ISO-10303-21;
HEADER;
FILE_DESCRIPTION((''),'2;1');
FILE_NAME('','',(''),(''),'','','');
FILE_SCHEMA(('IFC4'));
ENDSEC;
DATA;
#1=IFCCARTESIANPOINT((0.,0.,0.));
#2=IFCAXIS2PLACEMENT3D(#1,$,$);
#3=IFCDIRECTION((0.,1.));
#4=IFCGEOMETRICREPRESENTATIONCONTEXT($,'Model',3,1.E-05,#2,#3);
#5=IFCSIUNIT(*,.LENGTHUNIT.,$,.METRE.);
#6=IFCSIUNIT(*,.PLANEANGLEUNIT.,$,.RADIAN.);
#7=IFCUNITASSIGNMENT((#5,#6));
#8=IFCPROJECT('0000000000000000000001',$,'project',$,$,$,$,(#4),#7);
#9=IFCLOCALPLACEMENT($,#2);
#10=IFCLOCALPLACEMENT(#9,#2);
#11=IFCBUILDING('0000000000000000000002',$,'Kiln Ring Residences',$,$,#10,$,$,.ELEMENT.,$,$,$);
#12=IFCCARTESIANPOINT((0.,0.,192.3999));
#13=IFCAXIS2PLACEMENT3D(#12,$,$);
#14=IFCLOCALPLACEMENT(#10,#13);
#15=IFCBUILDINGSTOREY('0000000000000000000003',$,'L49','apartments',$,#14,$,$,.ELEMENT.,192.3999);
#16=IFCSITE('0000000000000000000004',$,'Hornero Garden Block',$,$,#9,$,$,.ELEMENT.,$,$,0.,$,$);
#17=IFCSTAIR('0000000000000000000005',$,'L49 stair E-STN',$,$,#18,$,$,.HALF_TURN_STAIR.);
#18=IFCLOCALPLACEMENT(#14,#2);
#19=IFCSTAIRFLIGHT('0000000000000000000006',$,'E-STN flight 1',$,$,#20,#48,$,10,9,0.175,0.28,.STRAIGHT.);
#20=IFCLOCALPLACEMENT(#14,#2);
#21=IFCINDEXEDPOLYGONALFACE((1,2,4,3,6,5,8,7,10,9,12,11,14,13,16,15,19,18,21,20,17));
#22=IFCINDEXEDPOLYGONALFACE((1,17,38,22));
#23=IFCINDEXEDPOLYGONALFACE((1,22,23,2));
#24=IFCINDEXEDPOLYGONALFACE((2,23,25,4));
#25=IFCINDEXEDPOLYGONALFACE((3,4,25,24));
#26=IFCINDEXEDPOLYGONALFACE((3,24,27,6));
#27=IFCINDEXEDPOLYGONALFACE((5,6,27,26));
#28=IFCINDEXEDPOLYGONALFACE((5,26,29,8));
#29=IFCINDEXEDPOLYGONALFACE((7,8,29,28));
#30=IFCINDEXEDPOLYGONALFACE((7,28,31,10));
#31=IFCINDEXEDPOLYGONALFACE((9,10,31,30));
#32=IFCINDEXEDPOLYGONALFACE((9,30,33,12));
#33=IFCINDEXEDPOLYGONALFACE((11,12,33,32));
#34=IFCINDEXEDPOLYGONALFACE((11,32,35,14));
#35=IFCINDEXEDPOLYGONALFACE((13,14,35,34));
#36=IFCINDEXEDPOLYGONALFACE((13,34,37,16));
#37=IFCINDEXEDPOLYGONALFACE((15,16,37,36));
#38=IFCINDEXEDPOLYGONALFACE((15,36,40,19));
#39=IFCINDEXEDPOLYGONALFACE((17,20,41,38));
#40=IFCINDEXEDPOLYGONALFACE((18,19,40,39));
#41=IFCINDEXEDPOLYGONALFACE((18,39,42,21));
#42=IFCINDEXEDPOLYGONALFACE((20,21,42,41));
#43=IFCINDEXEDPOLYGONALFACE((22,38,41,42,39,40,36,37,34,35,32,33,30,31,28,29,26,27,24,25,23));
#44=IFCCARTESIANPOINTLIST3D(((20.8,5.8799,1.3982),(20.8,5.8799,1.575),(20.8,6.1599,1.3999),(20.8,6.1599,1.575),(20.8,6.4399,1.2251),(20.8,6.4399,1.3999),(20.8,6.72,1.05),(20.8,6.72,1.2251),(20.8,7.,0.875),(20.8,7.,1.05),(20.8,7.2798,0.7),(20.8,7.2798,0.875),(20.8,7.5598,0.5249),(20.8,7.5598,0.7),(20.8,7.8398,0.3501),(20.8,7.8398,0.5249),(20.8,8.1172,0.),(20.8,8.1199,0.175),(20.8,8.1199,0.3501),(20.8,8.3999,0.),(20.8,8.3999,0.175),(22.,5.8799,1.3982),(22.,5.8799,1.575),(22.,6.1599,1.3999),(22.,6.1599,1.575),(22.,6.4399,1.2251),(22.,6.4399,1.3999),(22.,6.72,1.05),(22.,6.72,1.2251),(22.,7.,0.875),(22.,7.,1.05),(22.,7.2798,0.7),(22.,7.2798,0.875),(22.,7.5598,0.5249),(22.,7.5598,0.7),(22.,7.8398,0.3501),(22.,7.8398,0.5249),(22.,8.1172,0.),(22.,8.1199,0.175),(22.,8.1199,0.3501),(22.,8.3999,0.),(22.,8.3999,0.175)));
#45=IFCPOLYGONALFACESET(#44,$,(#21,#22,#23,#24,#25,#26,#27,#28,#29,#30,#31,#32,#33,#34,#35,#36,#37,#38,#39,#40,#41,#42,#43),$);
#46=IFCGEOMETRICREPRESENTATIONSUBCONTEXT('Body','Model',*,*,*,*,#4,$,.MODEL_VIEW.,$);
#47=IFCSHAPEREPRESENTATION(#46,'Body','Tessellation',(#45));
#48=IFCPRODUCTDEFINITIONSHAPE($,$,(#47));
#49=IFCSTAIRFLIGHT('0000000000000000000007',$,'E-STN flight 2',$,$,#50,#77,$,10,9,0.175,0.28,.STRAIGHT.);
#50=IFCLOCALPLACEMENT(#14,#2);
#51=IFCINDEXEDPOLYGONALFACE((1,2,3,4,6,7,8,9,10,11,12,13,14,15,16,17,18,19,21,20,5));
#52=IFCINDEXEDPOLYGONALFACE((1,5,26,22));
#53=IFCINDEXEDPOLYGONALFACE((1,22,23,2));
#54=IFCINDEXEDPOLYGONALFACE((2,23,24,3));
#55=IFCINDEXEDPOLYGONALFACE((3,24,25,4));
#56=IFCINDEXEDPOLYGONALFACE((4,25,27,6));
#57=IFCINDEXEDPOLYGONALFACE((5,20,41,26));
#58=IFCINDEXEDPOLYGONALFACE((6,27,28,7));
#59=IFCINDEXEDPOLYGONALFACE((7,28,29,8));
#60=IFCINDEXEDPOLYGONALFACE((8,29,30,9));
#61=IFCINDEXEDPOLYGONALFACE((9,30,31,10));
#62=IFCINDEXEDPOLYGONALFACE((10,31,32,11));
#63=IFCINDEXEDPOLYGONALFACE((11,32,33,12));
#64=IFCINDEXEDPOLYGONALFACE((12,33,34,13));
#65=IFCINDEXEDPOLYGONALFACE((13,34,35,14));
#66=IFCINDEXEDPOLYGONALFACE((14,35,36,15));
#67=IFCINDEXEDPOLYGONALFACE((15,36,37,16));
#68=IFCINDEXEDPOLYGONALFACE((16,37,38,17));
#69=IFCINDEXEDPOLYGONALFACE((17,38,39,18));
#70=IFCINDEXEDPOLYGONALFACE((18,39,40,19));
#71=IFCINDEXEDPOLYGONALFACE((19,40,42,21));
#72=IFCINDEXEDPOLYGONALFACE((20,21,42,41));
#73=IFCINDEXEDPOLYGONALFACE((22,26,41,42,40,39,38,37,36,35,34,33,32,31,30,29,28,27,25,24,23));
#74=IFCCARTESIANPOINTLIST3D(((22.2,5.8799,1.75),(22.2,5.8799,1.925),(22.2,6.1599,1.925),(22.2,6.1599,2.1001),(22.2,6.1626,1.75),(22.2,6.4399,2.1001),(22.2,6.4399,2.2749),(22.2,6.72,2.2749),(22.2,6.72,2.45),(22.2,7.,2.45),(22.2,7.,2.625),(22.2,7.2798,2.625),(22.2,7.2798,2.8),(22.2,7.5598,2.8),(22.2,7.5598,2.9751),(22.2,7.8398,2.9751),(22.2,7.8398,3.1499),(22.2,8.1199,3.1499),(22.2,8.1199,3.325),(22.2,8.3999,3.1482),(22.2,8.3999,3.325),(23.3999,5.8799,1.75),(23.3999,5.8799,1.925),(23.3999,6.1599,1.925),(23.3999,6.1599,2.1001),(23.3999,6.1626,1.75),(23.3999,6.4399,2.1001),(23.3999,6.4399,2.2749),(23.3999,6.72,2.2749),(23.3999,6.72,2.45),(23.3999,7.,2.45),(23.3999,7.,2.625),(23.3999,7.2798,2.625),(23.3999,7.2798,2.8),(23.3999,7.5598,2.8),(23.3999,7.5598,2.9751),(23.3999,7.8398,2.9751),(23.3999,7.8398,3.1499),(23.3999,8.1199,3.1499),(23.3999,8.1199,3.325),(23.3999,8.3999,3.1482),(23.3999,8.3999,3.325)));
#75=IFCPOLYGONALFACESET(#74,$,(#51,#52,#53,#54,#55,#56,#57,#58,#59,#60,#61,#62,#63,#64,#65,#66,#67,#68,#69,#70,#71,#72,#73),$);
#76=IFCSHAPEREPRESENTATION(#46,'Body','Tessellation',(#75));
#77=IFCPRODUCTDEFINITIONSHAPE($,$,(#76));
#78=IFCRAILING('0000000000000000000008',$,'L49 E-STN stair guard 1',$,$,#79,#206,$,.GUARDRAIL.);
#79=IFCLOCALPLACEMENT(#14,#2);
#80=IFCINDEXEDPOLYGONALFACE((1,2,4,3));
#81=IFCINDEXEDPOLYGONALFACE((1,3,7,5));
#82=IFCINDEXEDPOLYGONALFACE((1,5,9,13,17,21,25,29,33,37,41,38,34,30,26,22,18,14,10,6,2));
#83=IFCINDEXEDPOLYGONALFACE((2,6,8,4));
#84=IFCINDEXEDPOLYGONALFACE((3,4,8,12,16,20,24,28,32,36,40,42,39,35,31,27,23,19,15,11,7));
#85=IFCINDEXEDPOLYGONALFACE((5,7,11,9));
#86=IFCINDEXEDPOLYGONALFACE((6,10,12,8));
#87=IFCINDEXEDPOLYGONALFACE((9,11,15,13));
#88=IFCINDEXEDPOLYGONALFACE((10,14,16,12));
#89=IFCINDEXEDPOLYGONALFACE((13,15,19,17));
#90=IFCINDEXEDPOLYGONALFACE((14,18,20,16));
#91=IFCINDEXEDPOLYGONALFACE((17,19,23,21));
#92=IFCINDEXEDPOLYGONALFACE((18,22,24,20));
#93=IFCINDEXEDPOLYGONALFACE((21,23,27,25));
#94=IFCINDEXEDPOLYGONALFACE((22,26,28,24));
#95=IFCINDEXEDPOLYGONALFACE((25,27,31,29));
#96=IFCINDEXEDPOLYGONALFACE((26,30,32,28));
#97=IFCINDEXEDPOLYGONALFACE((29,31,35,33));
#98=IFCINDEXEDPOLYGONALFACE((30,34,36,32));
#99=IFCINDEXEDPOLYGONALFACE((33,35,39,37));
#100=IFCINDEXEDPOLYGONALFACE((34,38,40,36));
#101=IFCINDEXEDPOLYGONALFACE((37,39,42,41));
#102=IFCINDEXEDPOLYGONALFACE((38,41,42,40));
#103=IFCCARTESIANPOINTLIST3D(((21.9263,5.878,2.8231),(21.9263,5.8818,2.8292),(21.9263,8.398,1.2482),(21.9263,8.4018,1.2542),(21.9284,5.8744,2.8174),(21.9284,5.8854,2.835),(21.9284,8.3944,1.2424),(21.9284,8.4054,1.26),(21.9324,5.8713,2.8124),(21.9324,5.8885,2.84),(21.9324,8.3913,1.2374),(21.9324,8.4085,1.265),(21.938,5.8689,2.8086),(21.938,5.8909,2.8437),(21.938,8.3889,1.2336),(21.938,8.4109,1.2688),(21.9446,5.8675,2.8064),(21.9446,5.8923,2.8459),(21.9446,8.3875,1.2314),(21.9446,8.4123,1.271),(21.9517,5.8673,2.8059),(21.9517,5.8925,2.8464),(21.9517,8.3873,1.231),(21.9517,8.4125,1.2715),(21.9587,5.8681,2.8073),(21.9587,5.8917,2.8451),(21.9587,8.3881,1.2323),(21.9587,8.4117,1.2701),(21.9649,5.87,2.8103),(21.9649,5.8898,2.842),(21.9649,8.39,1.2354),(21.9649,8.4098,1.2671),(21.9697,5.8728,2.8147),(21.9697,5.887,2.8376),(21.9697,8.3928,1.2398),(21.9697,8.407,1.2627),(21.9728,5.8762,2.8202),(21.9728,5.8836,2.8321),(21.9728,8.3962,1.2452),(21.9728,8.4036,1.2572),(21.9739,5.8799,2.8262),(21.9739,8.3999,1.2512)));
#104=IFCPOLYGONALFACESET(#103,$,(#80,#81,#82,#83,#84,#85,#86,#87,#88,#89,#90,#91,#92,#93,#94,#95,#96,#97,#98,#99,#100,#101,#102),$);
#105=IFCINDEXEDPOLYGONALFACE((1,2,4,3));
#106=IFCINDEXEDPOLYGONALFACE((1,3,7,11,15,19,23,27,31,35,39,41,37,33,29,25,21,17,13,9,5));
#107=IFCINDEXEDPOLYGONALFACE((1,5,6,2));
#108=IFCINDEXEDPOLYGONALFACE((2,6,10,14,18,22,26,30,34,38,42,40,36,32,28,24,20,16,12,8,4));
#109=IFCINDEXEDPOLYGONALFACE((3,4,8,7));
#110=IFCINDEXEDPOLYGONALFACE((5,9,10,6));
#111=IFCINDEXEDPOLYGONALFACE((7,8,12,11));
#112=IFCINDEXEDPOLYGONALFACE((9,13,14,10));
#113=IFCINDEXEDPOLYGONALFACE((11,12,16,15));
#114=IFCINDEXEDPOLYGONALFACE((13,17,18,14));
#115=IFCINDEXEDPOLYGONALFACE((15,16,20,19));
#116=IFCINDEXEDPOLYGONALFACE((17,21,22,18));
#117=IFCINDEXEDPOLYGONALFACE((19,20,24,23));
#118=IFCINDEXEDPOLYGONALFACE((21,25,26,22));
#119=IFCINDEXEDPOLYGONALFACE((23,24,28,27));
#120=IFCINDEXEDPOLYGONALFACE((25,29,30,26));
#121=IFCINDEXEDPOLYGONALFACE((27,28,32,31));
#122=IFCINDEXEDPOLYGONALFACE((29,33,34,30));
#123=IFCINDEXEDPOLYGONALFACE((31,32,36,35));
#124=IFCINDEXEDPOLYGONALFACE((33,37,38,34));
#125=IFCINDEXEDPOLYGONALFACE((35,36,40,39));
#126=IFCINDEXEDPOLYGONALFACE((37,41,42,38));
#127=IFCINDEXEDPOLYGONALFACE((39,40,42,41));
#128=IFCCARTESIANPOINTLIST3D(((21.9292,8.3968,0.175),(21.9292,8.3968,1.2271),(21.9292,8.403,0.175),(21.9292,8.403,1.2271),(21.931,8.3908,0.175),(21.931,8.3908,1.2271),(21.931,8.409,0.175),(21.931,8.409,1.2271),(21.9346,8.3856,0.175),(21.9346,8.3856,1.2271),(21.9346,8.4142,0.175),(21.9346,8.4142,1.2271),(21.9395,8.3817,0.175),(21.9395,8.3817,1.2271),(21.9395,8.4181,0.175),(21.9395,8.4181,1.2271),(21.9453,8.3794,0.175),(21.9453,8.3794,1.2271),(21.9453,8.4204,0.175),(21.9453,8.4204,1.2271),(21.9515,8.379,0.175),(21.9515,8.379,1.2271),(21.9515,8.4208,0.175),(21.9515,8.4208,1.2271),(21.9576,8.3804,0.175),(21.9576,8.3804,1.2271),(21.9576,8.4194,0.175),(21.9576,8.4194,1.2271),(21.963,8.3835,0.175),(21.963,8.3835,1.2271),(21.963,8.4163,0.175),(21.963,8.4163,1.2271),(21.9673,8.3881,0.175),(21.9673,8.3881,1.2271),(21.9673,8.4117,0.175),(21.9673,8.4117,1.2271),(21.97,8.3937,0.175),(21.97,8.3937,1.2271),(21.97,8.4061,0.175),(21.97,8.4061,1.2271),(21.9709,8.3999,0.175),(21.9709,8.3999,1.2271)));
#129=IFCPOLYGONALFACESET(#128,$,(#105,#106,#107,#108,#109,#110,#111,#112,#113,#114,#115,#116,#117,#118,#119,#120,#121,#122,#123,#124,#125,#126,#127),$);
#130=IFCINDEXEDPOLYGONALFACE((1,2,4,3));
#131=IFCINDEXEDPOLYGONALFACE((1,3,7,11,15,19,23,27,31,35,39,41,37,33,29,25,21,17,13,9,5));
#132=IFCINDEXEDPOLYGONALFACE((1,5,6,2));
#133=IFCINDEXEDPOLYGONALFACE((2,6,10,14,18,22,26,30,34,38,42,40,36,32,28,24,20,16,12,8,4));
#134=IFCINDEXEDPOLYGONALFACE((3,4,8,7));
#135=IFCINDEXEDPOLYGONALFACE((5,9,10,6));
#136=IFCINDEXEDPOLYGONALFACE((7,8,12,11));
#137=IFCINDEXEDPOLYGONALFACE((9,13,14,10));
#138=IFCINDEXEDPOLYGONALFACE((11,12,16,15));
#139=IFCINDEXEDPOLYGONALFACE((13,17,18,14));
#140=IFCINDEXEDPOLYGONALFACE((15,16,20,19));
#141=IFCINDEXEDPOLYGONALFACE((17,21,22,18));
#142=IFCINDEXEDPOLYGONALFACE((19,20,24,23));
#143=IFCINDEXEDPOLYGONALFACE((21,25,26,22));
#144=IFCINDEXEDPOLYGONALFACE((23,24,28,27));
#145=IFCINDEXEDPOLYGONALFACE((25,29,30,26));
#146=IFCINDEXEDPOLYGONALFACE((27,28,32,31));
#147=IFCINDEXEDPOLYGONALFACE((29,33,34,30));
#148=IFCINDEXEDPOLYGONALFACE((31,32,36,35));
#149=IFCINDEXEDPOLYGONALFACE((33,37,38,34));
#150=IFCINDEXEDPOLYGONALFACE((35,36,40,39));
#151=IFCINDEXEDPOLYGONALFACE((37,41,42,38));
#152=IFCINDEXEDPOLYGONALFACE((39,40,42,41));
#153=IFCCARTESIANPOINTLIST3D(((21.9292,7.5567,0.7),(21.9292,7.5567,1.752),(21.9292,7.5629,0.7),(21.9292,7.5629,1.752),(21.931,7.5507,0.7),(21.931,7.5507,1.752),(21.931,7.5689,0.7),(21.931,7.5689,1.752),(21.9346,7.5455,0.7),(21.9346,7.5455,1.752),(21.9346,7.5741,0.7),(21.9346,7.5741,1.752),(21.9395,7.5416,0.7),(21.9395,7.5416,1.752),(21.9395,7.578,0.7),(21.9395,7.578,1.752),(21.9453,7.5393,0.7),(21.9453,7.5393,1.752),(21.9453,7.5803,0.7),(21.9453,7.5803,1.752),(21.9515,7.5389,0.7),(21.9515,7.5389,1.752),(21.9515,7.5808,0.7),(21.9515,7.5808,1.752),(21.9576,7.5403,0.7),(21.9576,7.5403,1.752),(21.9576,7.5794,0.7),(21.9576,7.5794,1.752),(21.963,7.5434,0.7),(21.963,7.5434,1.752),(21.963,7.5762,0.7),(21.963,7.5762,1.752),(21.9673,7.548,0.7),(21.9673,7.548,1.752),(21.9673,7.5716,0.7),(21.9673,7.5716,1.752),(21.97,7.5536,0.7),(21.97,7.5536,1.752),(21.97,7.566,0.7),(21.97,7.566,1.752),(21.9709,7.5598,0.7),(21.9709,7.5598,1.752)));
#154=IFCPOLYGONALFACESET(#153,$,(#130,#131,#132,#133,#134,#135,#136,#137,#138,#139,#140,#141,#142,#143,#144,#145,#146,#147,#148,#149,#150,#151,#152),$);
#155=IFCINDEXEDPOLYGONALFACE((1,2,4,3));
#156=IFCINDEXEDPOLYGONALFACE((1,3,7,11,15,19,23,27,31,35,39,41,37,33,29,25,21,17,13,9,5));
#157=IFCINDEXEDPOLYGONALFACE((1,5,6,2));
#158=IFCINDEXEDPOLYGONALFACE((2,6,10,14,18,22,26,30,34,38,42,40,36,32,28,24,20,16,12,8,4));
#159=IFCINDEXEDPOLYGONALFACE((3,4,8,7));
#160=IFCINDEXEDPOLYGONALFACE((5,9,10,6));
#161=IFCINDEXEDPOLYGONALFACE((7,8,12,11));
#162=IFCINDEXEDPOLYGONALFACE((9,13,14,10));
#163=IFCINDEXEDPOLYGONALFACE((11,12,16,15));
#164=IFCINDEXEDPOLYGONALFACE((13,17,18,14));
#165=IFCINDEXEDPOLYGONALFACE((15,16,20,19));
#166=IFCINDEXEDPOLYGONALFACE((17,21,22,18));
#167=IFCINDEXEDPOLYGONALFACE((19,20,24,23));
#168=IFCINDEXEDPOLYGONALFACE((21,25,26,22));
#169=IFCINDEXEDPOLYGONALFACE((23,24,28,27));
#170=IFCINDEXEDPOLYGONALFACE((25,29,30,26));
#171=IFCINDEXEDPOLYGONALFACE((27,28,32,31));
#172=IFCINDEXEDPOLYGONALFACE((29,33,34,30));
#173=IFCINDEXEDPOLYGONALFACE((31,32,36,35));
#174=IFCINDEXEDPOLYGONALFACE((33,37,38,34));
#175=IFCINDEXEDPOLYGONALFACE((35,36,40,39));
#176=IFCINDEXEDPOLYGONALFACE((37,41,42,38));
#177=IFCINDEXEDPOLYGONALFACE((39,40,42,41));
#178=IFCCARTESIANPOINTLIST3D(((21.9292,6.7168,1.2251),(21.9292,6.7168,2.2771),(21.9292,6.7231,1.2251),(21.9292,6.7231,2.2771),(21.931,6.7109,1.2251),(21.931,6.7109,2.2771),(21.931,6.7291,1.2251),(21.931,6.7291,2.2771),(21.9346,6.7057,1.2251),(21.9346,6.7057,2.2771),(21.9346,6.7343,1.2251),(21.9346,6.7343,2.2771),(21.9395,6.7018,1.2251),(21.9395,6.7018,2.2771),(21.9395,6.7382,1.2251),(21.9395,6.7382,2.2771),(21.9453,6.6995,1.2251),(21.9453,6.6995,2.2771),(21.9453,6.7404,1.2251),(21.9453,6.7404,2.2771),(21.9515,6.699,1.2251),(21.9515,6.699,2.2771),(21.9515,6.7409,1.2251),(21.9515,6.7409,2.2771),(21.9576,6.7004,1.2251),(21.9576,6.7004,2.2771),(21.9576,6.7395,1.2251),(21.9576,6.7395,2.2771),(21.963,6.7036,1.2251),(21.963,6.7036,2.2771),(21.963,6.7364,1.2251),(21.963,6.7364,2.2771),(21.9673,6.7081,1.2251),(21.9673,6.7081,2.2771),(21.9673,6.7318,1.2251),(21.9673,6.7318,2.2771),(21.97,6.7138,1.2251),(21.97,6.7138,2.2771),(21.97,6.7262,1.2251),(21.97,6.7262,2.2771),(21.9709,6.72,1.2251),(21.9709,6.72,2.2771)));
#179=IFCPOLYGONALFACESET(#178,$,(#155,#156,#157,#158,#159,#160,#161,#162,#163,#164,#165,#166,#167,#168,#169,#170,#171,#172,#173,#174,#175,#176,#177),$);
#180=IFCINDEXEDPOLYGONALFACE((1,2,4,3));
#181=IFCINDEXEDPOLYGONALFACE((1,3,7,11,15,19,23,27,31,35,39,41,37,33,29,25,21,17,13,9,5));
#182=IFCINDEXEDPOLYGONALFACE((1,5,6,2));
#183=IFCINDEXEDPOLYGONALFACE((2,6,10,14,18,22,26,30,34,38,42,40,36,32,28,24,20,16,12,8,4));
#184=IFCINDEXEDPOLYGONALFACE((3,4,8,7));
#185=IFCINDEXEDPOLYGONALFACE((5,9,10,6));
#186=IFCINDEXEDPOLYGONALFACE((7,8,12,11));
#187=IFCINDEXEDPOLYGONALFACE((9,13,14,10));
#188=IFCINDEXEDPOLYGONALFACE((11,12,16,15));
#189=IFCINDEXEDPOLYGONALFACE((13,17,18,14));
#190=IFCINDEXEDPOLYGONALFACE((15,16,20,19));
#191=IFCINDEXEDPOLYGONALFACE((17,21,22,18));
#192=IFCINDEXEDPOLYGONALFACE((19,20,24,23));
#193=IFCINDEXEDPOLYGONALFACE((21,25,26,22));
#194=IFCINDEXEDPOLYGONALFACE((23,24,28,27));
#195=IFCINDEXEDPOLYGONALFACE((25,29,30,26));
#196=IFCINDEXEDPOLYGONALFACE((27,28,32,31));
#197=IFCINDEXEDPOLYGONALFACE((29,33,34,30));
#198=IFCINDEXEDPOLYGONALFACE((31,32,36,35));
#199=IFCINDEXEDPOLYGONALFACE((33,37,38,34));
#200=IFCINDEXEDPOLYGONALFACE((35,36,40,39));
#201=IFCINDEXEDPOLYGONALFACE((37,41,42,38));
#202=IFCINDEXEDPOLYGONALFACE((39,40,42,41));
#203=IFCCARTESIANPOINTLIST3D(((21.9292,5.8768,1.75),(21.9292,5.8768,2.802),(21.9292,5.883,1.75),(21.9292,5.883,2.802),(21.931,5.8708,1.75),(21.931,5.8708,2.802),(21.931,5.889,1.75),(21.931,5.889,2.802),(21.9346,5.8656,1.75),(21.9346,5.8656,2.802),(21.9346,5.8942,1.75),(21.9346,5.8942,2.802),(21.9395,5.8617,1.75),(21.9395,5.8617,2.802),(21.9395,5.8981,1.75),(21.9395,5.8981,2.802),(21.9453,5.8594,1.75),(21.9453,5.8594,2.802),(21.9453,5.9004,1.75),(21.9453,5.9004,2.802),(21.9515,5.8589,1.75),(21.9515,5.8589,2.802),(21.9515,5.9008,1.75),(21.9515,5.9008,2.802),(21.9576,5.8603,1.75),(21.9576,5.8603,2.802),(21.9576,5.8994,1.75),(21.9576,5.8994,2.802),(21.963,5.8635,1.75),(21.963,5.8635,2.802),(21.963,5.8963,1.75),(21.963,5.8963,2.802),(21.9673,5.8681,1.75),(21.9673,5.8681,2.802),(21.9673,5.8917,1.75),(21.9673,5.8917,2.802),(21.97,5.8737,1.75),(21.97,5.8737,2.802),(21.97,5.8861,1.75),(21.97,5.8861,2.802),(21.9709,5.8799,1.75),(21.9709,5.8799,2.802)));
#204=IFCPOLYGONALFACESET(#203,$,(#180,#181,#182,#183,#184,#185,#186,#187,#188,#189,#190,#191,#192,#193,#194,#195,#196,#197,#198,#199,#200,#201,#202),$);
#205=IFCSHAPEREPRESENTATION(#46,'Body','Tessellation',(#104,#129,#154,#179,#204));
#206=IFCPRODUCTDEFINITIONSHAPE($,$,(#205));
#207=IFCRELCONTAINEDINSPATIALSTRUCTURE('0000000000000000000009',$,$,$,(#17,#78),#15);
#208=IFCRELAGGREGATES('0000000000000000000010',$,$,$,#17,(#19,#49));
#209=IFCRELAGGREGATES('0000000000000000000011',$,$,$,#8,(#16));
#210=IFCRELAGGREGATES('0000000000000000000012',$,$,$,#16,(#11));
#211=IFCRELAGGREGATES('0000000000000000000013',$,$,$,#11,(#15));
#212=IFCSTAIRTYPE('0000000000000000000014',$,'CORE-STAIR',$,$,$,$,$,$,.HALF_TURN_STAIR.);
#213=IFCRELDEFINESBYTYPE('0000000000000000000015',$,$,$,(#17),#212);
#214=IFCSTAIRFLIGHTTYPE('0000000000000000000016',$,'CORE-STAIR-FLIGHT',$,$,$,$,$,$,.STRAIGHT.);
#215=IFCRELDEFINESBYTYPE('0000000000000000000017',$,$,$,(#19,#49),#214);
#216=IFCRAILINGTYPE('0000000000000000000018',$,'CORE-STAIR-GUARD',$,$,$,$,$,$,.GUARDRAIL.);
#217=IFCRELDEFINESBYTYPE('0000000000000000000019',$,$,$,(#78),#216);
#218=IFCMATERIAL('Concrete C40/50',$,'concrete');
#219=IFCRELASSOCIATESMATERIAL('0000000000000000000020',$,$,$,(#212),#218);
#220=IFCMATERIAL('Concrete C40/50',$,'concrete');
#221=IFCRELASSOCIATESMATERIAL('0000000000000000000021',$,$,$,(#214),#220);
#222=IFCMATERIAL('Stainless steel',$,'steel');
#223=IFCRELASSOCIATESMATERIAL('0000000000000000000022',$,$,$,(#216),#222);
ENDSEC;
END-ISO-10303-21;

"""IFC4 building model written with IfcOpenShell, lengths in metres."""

from ifc_helpers import new_model, si_unit, direction, frame, origin, origin_2d, place, context, subcontext, project, spatial, polyline, circle, outline, extrude, material, type_object, element, aggregate, save


model = new_model("IFC4")

# Units and contexts
model_context = context("Model", 3, precision=1e-05, world=origin(), true_north=direction((0.0, 1.0)))
body_context = subcontext(model_context, "Body", "Model", "MODEL_VIEW")
ifc_project = project(units=[si_unit("LENGTHUNIT", "METRE"), si_unit("PLANEANGLEUNIT", "RADIAN")], contexts=[model_context])

# Site, building, storey
site_placement = place(None, origin())
site = spatial("IfcSite", under=ifc_project, at=site_placement, Name="Hornero Garden Block", CompositionType="ELEMENT", RefElevation=0.0)
building_placement = place(site_placement, origin())
building = spatial("IfcBuilding", under=site, at=building_placement, Name="Kiln Ring Residences", CompositionType="ELEMENT")
storey_placement = place(building_placement, frame((0.0, 0.0, 192.3999)))
storey = spatial("IfcBuildingStorey", under=building, at=storey_placement, Name="L49", Description="apartments", CompositionType="ELEMENT", Elevation=192.3999)

# Stair, stair flights
ifc_material_1 = material(Name="Concrete C40/50", Category="concrete")
stair_type = type_object("IfcStairType", Name="CORE-STAIR", PredefinedType="HALF_TURN_STAIR", material=ifc_material_1)
stair_placement = place(storey_placement, origin())
stair = element("IfcStair", 1, at=stair_placement, inside=storey, type_object=stair_type, Name="L49 stair E-STN", PredefinedType="HALF_TURN_STAIR")
ifc_material_2 = material(Name="Concrete C40/50", Category="concrete")
stair_flight_type = type_object("IfcStairFlightType", Name="CORE-STAIR-FLIGHT", PredefinedType="STRAIGHT", material=ifc_material_2)
stair_flight_1_placement = place(storey_placement, frame((21.3999, 8.3999, 0.0), z_axis=(0.0, 0.0, 1.0), x_axis=(0.0, -1.0, 0.0)))
stair_flight_1 = element("IfcStairFlight", 2, at=stair_flight_1_placement, type_object=stair_flight_type, Name="E-STN flight 1", NumberOfRisers=10, NumberOfTreads=9, PredefinedType="STRAIGHT", RiserHeight=0.175, TreadLength=0.28, context=body_context, shape_type="SweptSolid", body=[
    extrude(outline(polyline([(0.0, 0.0), (0.0, 0.175), (0.28, 0.175), (0.28, 0.3501), (0.5601, 0.3501), (0.5601, 0.5249), (0.8401, 0.5249), (0.8401, 0.7), (1.1201, 0.7), (1.1201, 0.875), (1.3999, 0.875), (1.3999, 1.05), (1.6799, 1.05), (1.6799, 1.2251), (1.96, 1.2251), (1.96, 1.3999), (2.24, 1.3999), (2.24, 1.575), (2.52, 1.575), (2.52, 1.75), (2.52, 1.3982), (0.2827, 0.0), (0.0, 0.0)])), frame((0.0, 0.6001, 0.0), z_axis=(0.0, -1.0, 0.0), x_axis=(1.0, 0.0, 0.0)), (0.0, 0.0, 1.0), 1.2),
])
stair_flight_2_placement = place(storey_placement, frame((22.8, 5.8799, 1.75), z_axis=(0.0, 0.0, 1.0), x_axis=(0.0, 1.0, 0.0)))
stair_flight_2 = element("IfcStairFlight", 3, at=stair_flight_2_placement, type_object=stair_flight_type, Name="E-STN flight 2", NumberOfRisers=10, NumberOfTreads=9, PredefinedType="STRAIGHT", RiserHeight=0.175, TreadLength=0.28, context=body_context, shape_type="SweptSolid", body=[
    extrude(outline(polyline([(0.0, 0.0), (0.0, 0.175), (0.28, 0.175), (0.28, 0.3501), (0.5601, 0.3501), (0.5601, 0.5249), (0.8401, 0.5249), (0.8401, 0.7), (1.1201, 0.7), (1.1201, 0.875), (1.3999, 0.875), (1.3999, 1.05), (1.6799, 1.05), (1.6799, 1.2251), (1.96, 1.2251), (1.96, 1.3999), (2.24, 1.3999), (2.24, 1.575), (2.52, 1.575), (2.52, 1.75), (2.52, 1.3982), (0.2827, 0.0), (0.0, 0.0)])), frame((0.0, 0.6001, 0.0), z_axis=(0.0, -1.0, 0.0), x_axis=(1.0, 0.0, 0.0)), (0.0, 0.0, 1.0), 1.2),
])
aggregate(stair, [stair_flight_1, stair_flight_2])

# Railing
ifc_material_3 = material(Name="Stainless steel", Category="steel")
railing_type_1 = type_object("IfcRailingType", Name="CORE-STAIR-GUARD", PredefinedType="GUARDRAIL", material=ifc_material_3)
railing_1_placement = place(storey_placement, frame((21.95, 8.3999, 0.175)))
element("IfcRailing", 4, at=railing_1_placement, inside=storey, type_object=railing_type_1, Name="L49 E-STN stair guard 1", PredefinedType="GUARDRAIL", context=body_context, shape_type="SweptSolid", body=[
    extrude(circle(Radius=0.0239, at=origin_2d()), frame((0.0, 0.0, 1.0762), z_axis=(0.0, -0.848008, 0.529984), x_axis=(1.0, 0.0, 0.0)), (0.0, 0.0, 1.0), 2.9717),
    extrude(circle(Radius=0.021, at=origin_2d()), origin(), (0.0, 0.0, 1.0), 1.052),
    extrude(circle(Radius=0.021, at=origin_2d()), frame((0.0, -0.8401, 0.5249)), (0.0, 0.0, 1.0), 1.052),
    extrude(circle(Radius=0.021, at=origin_2d()), frame((0.0, -1.6799, 1.05)), (0.0, 0.0, 1.0), 1.052),
    extrude(circle(Radius=0.021, at=origin_2d()), frame((0.0, -2.52, 1.575)), (0.0, 0.0, 1.0), 1.052),
])

save(model, "model.ifc")
